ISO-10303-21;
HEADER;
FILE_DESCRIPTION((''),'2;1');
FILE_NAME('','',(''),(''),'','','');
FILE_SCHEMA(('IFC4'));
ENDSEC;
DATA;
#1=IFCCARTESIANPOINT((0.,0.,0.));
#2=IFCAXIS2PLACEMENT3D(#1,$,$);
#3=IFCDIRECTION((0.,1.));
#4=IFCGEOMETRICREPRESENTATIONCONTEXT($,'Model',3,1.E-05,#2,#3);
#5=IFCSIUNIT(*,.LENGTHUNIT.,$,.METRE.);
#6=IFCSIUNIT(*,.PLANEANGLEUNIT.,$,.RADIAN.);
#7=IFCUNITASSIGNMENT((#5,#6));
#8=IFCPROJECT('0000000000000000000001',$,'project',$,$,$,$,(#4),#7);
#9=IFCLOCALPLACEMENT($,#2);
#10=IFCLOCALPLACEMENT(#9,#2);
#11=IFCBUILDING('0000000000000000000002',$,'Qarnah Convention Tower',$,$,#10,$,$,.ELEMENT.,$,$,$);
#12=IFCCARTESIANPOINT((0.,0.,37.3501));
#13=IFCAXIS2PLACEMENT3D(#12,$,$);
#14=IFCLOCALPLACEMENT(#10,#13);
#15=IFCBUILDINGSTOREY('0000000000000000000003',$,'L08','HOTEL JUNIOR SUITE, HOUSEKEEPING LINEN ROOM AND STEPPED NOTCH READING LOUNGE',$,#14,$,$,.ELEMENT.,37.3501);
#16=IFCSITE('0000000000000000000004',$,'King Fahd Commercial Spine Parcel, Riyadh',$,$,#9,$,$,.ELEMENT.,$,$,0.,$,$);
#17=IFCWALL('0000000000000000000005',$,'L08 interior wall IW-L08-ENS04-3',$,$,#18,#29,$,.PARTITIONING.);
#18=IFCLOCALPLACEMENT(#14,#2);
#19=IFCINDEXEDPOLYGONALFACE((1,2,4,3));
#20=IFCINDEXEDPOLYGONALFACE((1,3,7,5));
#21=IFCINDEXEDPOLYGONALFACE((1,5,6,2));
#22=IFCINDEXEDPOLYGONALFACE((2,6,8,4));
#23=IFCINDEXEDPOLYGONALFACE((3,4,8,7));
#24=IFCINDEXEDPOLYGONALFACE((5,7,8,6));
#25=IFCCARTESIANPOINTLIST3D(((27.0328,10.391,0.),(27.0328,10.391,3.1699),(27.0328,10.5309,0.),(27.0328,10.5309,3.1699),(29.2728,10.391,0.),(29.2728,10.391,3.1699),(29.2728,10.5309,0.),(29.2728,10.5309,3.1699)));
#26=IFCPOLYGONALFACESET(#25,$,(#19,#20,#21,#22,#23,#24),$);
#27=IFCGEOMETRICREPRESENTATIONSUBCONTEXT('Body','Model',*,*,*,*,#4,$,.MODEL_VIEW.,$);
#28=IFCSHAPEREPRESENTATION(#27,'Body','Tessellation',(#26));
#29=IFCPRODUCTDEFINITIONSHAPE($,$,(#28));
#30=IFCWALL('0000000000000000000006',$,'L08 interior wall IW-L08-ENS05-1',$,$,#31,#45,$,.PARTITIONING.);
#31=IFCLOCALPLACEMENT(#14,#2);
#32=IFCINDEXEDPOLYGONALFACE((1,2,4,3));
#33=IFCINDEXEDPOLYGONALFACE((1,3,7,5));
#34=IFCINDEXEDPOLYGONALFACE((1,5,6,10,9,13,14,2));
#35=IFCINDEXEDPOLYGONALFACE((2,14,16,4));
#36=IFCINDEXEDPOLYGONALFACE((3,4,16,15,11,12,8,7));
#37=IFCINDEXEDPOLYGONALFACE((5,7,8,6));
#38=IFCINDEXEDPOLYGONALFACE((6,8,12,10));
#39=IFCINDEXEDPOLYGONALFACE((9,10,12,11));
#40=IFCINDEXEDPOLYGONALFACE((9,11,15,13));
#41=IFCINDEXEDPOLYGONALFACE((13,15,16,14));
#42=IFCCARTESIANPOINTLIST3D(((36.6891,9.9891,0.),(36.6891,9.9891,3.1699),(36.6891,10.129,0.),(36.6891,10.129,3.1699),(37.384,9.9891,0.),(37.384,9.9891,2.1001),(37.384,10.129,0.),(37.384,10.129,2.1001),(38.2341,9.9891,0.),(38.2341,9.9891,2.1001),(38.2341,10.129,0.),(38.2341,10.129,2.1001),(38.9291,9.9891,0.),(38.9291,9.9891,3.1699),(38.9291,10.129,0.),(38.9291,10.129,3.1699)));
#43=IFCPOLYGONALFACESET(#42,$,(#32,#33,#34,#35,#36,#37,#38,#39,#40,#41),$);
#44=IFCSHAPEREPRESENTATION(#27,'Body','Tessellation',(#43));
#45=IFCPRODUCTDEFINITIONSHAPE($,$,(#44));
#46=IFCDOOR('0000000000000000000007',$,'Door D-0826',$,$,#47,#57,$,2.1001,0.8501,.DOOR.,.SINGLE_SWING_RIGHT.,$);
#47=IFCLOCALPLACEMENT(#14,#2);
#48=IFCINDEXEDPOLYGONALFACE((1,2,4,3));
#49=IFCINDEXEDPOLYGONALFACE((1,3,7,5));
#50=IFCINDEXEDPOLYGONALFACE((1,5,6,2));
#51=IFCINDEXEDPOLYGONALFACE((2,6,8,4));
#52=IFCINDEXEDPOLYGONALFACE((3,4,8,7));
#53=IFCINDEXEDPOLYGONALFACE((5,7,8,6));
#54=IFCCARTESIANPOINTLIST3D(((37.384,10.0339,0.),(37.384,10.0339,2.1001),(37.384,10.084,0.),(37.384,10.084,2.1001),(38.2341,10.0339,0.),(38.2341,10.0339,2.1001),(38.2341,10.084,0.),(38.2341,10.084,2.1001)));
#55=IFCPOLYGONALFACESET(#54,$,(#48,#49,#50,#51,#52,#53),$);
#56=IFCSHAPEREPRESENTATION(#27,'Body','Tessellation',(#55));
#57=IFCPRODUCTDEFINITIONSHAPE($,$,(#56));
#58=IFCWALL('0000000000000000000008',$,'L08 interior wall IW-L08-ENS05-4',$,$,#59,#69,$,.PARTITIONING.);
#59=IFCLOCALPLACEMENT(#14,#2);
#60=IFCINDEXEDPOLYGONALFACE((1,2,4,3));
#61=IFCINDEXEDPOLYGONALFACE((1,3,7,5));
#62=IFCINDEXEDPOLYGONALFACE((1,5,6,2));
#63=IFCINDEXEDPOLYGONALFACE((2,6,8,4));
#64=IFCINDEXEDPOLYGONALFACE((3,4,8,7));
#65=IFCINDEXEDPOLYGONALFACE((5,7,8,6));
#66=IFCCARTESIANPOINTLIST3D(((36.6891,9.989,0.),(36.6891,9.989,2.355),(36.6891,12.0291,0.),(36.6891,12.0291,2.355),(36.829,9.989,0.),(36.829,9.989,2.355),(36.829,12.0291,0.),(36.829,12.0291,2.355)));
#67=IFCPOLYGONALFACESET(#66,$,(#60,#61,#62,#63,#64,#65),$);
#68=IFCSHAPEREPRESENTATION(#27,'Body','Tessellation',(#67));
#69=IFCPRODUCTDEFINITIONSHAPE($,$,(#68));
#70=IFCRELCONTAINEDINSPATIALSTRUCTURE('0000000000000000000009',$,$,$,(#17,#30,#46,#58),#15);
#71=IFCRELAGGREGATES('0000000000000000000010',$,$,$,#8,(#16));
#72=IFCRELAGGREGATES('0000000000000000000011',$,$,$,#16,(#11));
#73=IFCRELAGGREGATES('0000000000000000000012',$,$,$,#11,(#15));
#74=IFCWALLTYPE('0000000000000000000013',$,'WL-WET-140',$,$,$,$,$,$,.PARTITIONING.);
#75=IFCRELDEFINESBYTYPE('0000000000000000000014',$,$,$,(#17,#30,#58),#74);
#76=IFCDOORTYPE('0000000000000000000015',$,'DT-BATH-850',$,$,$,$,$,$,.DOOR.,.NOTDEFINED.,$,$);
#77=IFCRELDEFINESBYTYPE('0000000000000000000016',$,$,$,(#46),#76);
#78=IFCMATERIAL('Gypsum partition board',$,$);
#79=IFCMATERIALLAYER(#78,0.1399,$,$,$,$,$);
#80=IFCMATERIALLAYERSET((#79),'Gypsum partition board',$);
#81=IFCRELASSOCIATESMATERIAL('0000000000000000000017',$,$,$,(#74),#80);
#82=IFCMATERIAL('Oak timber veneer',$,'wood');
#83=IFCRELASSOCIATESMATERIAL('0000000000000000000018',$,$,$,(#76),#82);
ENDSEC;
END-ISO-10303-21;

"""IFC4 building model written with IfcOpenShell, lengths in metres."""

from ifc_helpers import new_model, si_unit, direction, frame, frame_2d, origin, place, context, subcontext, project, spatial, rectangle, extrude, material, layer, layer_set, type_object, element, fill, save


model = new_model("IFC4")

# Units and contexts
model_context = context("Model", 3, precision=1e-05, world=origin(), true_north=direction((0.0, 1.0)))
body_context = subcontext(model_context, "Body", "Model", "MODEL_VIEW")
ifc_project = project(units=[si_unit("LENGTHUNIT", "METRE"), si_unit("PLANEANGLEUNIT", "RADIAN")], contexts=[model_context])

# Site, building, storey
site_placement = place(None, origin())
site = spatial("IfcSite", under=ifc_project, at=site_placement, Name="King Fahd Commercial Spine Parcel, Riyadh", CompositionType="ELEMENT", RefElevation=0.0)
building_placement = place(site_placement, origin())
building = spatial("IfcBuilding", under=site, at=building_placement, Name="Qarnah Convention Tower", CompositionType="ELEMENT")
storey_placement = place(building_placement, frame((0.0, 0.0, 37.3501)))
storey = spatial("IfcBuildingStorey", under=building, at=storey_placement, Name="L08", Description="HOTEL JUNIOR SUITE, HOUSEKEEPING LINEN ROOM AND STEPPED NOTCH READING LOUNGE", CompositionType="ELEMENT", Elevation=37.3501)

# Wall
ifc_material_1 = material(Name="Gypsum partition board")
ifc_layer_1 = layer(ifc_material_1, 0.1399)
ifc_layer_set_1 = layer_set([ifc_layer_1], Name="Gypsum partition board")
wall_type_1 = type_object("IfcWallType", Name="WL-WET-140", PredefinedType="PARTITIONING", material=ifc_layer_set_1)
wall_1_placement = place(storey_placement, frame((29.2729, 10.4609, 0.0), z_axis=(0.0, 0.0, 1.0), x_axis=(-1.0, 0.0, 0.0)))
element("IfcWall", 1, at=wall_1_placement, inside=storey, type_object=wall_type_1, Name="L08 interior wall IW-L08-ENS04-3", PredefinedType="PARTITIONING", context=body_context, shape_type="SweptSolid", body=[
    extrude(rectangle(XDim=2.24, YDim=0.1399, at=frame_2d((1.1201, 0.0))), origin(), (0.0, 0.0, 1.0), 3.1699),
])

# Wall, opening, door
wall_2_placement = place(storey_placement, frame((36.689, 10.0591, 0.0), z_axis=(0.0, 0.0, 1.0), x_axis=(1.0, 0.0, 0.0)))
wall_2 = element("IfcWall", 2, at=wall_2_placement, inside=storey, type_object=wall_type_1, Name="L08 interior wall IW-L08-ENS05-1", PredefinedType="PARTITIONING", context=body_context, shape_type="SweptSolid", body=[
    extrude(rectangle(XDim=2.24, YDim=0.1399, at=frame_2d((1.1201, 0.0))), origin(), (0.0, 0.0, 1.0), 3.1699),
])
opening_1_placement = place(wall_2_placement, frame((0.6951, 0.0, 0.0)))
opening_1 = element("IfcOpeningElement", 3, at=opening_1_placement, cuts=wall_2, PredefinedType="OPENING", context=body_context, shape_type="SweptSolid", body=[
    extrude(rectangle(XDim=0.8501, YDim=2.1001, at=frame_2d((0.425, 1.05))), frame((0.0, 0.0798, 0.0), z_axis=(0.0, -1.0, 0.0), x_axis=(1.0, 0.0, 0.0)), (0.0, 0.0, 1.0), 0.1599),
])
ifc_material_2 = material(Name="Oak timber veneer", Category="wood")
door_type_1 = type_object("IfcDoorType", Name="DT-BATH-850", OperationType="NOTDEFINED", PredefinedType="DOOR", material=ifc_material_2)
door_1_placement = place(opening_1_placement, origin())
door_1 = element("IfcDoor", 4, at=door_1_placement, inside=storey, type_object=door_type_1, Name="Door D-0826", OperationType="SINGLE_SWING_RIGHT", OverallHeight=2.1001, OverallWidth=0.8501, PredefinedType="DOOR", context=body_context, shape_type="SweptSolid", body=[
    extrude(rectangle(XDim=0.8501, YDim=2.1001, at=frame_2d((0.425, 1.05))), frame((0.0, 0.0249, 0.0), z_axis=(0.0, -1.0, 0.0), x_axis=(1.0, 0.0, 0.0)), (0.0, 0.0, 1.0), 0.05),
])
fill(opening_1, door_1)

# Wall
wall_3_placement = place(storey_placement, frame((36.759, 12.0291, 0.0), z_axis=(0.0, 0.0, 1.0), x_axis=(0.0, -1.0, 0.0)))
element("IfcWall", 5, at=wall_3_placement, inside=storey, type_object=wall_type_1, Name="L08 interior wall IW-L08-ENS05-4", PredefinedType="PARTITIONING", context=body_context, shape_type="SweptSolid", body=[
    extrude(rectangle(XDim=2.04, YDim=0.1399, at=frame_2d((1.02, 0.0))), origin(), (0.0, 0.0, 1.0), 2.355),
])

save(model, "model.ifc")
